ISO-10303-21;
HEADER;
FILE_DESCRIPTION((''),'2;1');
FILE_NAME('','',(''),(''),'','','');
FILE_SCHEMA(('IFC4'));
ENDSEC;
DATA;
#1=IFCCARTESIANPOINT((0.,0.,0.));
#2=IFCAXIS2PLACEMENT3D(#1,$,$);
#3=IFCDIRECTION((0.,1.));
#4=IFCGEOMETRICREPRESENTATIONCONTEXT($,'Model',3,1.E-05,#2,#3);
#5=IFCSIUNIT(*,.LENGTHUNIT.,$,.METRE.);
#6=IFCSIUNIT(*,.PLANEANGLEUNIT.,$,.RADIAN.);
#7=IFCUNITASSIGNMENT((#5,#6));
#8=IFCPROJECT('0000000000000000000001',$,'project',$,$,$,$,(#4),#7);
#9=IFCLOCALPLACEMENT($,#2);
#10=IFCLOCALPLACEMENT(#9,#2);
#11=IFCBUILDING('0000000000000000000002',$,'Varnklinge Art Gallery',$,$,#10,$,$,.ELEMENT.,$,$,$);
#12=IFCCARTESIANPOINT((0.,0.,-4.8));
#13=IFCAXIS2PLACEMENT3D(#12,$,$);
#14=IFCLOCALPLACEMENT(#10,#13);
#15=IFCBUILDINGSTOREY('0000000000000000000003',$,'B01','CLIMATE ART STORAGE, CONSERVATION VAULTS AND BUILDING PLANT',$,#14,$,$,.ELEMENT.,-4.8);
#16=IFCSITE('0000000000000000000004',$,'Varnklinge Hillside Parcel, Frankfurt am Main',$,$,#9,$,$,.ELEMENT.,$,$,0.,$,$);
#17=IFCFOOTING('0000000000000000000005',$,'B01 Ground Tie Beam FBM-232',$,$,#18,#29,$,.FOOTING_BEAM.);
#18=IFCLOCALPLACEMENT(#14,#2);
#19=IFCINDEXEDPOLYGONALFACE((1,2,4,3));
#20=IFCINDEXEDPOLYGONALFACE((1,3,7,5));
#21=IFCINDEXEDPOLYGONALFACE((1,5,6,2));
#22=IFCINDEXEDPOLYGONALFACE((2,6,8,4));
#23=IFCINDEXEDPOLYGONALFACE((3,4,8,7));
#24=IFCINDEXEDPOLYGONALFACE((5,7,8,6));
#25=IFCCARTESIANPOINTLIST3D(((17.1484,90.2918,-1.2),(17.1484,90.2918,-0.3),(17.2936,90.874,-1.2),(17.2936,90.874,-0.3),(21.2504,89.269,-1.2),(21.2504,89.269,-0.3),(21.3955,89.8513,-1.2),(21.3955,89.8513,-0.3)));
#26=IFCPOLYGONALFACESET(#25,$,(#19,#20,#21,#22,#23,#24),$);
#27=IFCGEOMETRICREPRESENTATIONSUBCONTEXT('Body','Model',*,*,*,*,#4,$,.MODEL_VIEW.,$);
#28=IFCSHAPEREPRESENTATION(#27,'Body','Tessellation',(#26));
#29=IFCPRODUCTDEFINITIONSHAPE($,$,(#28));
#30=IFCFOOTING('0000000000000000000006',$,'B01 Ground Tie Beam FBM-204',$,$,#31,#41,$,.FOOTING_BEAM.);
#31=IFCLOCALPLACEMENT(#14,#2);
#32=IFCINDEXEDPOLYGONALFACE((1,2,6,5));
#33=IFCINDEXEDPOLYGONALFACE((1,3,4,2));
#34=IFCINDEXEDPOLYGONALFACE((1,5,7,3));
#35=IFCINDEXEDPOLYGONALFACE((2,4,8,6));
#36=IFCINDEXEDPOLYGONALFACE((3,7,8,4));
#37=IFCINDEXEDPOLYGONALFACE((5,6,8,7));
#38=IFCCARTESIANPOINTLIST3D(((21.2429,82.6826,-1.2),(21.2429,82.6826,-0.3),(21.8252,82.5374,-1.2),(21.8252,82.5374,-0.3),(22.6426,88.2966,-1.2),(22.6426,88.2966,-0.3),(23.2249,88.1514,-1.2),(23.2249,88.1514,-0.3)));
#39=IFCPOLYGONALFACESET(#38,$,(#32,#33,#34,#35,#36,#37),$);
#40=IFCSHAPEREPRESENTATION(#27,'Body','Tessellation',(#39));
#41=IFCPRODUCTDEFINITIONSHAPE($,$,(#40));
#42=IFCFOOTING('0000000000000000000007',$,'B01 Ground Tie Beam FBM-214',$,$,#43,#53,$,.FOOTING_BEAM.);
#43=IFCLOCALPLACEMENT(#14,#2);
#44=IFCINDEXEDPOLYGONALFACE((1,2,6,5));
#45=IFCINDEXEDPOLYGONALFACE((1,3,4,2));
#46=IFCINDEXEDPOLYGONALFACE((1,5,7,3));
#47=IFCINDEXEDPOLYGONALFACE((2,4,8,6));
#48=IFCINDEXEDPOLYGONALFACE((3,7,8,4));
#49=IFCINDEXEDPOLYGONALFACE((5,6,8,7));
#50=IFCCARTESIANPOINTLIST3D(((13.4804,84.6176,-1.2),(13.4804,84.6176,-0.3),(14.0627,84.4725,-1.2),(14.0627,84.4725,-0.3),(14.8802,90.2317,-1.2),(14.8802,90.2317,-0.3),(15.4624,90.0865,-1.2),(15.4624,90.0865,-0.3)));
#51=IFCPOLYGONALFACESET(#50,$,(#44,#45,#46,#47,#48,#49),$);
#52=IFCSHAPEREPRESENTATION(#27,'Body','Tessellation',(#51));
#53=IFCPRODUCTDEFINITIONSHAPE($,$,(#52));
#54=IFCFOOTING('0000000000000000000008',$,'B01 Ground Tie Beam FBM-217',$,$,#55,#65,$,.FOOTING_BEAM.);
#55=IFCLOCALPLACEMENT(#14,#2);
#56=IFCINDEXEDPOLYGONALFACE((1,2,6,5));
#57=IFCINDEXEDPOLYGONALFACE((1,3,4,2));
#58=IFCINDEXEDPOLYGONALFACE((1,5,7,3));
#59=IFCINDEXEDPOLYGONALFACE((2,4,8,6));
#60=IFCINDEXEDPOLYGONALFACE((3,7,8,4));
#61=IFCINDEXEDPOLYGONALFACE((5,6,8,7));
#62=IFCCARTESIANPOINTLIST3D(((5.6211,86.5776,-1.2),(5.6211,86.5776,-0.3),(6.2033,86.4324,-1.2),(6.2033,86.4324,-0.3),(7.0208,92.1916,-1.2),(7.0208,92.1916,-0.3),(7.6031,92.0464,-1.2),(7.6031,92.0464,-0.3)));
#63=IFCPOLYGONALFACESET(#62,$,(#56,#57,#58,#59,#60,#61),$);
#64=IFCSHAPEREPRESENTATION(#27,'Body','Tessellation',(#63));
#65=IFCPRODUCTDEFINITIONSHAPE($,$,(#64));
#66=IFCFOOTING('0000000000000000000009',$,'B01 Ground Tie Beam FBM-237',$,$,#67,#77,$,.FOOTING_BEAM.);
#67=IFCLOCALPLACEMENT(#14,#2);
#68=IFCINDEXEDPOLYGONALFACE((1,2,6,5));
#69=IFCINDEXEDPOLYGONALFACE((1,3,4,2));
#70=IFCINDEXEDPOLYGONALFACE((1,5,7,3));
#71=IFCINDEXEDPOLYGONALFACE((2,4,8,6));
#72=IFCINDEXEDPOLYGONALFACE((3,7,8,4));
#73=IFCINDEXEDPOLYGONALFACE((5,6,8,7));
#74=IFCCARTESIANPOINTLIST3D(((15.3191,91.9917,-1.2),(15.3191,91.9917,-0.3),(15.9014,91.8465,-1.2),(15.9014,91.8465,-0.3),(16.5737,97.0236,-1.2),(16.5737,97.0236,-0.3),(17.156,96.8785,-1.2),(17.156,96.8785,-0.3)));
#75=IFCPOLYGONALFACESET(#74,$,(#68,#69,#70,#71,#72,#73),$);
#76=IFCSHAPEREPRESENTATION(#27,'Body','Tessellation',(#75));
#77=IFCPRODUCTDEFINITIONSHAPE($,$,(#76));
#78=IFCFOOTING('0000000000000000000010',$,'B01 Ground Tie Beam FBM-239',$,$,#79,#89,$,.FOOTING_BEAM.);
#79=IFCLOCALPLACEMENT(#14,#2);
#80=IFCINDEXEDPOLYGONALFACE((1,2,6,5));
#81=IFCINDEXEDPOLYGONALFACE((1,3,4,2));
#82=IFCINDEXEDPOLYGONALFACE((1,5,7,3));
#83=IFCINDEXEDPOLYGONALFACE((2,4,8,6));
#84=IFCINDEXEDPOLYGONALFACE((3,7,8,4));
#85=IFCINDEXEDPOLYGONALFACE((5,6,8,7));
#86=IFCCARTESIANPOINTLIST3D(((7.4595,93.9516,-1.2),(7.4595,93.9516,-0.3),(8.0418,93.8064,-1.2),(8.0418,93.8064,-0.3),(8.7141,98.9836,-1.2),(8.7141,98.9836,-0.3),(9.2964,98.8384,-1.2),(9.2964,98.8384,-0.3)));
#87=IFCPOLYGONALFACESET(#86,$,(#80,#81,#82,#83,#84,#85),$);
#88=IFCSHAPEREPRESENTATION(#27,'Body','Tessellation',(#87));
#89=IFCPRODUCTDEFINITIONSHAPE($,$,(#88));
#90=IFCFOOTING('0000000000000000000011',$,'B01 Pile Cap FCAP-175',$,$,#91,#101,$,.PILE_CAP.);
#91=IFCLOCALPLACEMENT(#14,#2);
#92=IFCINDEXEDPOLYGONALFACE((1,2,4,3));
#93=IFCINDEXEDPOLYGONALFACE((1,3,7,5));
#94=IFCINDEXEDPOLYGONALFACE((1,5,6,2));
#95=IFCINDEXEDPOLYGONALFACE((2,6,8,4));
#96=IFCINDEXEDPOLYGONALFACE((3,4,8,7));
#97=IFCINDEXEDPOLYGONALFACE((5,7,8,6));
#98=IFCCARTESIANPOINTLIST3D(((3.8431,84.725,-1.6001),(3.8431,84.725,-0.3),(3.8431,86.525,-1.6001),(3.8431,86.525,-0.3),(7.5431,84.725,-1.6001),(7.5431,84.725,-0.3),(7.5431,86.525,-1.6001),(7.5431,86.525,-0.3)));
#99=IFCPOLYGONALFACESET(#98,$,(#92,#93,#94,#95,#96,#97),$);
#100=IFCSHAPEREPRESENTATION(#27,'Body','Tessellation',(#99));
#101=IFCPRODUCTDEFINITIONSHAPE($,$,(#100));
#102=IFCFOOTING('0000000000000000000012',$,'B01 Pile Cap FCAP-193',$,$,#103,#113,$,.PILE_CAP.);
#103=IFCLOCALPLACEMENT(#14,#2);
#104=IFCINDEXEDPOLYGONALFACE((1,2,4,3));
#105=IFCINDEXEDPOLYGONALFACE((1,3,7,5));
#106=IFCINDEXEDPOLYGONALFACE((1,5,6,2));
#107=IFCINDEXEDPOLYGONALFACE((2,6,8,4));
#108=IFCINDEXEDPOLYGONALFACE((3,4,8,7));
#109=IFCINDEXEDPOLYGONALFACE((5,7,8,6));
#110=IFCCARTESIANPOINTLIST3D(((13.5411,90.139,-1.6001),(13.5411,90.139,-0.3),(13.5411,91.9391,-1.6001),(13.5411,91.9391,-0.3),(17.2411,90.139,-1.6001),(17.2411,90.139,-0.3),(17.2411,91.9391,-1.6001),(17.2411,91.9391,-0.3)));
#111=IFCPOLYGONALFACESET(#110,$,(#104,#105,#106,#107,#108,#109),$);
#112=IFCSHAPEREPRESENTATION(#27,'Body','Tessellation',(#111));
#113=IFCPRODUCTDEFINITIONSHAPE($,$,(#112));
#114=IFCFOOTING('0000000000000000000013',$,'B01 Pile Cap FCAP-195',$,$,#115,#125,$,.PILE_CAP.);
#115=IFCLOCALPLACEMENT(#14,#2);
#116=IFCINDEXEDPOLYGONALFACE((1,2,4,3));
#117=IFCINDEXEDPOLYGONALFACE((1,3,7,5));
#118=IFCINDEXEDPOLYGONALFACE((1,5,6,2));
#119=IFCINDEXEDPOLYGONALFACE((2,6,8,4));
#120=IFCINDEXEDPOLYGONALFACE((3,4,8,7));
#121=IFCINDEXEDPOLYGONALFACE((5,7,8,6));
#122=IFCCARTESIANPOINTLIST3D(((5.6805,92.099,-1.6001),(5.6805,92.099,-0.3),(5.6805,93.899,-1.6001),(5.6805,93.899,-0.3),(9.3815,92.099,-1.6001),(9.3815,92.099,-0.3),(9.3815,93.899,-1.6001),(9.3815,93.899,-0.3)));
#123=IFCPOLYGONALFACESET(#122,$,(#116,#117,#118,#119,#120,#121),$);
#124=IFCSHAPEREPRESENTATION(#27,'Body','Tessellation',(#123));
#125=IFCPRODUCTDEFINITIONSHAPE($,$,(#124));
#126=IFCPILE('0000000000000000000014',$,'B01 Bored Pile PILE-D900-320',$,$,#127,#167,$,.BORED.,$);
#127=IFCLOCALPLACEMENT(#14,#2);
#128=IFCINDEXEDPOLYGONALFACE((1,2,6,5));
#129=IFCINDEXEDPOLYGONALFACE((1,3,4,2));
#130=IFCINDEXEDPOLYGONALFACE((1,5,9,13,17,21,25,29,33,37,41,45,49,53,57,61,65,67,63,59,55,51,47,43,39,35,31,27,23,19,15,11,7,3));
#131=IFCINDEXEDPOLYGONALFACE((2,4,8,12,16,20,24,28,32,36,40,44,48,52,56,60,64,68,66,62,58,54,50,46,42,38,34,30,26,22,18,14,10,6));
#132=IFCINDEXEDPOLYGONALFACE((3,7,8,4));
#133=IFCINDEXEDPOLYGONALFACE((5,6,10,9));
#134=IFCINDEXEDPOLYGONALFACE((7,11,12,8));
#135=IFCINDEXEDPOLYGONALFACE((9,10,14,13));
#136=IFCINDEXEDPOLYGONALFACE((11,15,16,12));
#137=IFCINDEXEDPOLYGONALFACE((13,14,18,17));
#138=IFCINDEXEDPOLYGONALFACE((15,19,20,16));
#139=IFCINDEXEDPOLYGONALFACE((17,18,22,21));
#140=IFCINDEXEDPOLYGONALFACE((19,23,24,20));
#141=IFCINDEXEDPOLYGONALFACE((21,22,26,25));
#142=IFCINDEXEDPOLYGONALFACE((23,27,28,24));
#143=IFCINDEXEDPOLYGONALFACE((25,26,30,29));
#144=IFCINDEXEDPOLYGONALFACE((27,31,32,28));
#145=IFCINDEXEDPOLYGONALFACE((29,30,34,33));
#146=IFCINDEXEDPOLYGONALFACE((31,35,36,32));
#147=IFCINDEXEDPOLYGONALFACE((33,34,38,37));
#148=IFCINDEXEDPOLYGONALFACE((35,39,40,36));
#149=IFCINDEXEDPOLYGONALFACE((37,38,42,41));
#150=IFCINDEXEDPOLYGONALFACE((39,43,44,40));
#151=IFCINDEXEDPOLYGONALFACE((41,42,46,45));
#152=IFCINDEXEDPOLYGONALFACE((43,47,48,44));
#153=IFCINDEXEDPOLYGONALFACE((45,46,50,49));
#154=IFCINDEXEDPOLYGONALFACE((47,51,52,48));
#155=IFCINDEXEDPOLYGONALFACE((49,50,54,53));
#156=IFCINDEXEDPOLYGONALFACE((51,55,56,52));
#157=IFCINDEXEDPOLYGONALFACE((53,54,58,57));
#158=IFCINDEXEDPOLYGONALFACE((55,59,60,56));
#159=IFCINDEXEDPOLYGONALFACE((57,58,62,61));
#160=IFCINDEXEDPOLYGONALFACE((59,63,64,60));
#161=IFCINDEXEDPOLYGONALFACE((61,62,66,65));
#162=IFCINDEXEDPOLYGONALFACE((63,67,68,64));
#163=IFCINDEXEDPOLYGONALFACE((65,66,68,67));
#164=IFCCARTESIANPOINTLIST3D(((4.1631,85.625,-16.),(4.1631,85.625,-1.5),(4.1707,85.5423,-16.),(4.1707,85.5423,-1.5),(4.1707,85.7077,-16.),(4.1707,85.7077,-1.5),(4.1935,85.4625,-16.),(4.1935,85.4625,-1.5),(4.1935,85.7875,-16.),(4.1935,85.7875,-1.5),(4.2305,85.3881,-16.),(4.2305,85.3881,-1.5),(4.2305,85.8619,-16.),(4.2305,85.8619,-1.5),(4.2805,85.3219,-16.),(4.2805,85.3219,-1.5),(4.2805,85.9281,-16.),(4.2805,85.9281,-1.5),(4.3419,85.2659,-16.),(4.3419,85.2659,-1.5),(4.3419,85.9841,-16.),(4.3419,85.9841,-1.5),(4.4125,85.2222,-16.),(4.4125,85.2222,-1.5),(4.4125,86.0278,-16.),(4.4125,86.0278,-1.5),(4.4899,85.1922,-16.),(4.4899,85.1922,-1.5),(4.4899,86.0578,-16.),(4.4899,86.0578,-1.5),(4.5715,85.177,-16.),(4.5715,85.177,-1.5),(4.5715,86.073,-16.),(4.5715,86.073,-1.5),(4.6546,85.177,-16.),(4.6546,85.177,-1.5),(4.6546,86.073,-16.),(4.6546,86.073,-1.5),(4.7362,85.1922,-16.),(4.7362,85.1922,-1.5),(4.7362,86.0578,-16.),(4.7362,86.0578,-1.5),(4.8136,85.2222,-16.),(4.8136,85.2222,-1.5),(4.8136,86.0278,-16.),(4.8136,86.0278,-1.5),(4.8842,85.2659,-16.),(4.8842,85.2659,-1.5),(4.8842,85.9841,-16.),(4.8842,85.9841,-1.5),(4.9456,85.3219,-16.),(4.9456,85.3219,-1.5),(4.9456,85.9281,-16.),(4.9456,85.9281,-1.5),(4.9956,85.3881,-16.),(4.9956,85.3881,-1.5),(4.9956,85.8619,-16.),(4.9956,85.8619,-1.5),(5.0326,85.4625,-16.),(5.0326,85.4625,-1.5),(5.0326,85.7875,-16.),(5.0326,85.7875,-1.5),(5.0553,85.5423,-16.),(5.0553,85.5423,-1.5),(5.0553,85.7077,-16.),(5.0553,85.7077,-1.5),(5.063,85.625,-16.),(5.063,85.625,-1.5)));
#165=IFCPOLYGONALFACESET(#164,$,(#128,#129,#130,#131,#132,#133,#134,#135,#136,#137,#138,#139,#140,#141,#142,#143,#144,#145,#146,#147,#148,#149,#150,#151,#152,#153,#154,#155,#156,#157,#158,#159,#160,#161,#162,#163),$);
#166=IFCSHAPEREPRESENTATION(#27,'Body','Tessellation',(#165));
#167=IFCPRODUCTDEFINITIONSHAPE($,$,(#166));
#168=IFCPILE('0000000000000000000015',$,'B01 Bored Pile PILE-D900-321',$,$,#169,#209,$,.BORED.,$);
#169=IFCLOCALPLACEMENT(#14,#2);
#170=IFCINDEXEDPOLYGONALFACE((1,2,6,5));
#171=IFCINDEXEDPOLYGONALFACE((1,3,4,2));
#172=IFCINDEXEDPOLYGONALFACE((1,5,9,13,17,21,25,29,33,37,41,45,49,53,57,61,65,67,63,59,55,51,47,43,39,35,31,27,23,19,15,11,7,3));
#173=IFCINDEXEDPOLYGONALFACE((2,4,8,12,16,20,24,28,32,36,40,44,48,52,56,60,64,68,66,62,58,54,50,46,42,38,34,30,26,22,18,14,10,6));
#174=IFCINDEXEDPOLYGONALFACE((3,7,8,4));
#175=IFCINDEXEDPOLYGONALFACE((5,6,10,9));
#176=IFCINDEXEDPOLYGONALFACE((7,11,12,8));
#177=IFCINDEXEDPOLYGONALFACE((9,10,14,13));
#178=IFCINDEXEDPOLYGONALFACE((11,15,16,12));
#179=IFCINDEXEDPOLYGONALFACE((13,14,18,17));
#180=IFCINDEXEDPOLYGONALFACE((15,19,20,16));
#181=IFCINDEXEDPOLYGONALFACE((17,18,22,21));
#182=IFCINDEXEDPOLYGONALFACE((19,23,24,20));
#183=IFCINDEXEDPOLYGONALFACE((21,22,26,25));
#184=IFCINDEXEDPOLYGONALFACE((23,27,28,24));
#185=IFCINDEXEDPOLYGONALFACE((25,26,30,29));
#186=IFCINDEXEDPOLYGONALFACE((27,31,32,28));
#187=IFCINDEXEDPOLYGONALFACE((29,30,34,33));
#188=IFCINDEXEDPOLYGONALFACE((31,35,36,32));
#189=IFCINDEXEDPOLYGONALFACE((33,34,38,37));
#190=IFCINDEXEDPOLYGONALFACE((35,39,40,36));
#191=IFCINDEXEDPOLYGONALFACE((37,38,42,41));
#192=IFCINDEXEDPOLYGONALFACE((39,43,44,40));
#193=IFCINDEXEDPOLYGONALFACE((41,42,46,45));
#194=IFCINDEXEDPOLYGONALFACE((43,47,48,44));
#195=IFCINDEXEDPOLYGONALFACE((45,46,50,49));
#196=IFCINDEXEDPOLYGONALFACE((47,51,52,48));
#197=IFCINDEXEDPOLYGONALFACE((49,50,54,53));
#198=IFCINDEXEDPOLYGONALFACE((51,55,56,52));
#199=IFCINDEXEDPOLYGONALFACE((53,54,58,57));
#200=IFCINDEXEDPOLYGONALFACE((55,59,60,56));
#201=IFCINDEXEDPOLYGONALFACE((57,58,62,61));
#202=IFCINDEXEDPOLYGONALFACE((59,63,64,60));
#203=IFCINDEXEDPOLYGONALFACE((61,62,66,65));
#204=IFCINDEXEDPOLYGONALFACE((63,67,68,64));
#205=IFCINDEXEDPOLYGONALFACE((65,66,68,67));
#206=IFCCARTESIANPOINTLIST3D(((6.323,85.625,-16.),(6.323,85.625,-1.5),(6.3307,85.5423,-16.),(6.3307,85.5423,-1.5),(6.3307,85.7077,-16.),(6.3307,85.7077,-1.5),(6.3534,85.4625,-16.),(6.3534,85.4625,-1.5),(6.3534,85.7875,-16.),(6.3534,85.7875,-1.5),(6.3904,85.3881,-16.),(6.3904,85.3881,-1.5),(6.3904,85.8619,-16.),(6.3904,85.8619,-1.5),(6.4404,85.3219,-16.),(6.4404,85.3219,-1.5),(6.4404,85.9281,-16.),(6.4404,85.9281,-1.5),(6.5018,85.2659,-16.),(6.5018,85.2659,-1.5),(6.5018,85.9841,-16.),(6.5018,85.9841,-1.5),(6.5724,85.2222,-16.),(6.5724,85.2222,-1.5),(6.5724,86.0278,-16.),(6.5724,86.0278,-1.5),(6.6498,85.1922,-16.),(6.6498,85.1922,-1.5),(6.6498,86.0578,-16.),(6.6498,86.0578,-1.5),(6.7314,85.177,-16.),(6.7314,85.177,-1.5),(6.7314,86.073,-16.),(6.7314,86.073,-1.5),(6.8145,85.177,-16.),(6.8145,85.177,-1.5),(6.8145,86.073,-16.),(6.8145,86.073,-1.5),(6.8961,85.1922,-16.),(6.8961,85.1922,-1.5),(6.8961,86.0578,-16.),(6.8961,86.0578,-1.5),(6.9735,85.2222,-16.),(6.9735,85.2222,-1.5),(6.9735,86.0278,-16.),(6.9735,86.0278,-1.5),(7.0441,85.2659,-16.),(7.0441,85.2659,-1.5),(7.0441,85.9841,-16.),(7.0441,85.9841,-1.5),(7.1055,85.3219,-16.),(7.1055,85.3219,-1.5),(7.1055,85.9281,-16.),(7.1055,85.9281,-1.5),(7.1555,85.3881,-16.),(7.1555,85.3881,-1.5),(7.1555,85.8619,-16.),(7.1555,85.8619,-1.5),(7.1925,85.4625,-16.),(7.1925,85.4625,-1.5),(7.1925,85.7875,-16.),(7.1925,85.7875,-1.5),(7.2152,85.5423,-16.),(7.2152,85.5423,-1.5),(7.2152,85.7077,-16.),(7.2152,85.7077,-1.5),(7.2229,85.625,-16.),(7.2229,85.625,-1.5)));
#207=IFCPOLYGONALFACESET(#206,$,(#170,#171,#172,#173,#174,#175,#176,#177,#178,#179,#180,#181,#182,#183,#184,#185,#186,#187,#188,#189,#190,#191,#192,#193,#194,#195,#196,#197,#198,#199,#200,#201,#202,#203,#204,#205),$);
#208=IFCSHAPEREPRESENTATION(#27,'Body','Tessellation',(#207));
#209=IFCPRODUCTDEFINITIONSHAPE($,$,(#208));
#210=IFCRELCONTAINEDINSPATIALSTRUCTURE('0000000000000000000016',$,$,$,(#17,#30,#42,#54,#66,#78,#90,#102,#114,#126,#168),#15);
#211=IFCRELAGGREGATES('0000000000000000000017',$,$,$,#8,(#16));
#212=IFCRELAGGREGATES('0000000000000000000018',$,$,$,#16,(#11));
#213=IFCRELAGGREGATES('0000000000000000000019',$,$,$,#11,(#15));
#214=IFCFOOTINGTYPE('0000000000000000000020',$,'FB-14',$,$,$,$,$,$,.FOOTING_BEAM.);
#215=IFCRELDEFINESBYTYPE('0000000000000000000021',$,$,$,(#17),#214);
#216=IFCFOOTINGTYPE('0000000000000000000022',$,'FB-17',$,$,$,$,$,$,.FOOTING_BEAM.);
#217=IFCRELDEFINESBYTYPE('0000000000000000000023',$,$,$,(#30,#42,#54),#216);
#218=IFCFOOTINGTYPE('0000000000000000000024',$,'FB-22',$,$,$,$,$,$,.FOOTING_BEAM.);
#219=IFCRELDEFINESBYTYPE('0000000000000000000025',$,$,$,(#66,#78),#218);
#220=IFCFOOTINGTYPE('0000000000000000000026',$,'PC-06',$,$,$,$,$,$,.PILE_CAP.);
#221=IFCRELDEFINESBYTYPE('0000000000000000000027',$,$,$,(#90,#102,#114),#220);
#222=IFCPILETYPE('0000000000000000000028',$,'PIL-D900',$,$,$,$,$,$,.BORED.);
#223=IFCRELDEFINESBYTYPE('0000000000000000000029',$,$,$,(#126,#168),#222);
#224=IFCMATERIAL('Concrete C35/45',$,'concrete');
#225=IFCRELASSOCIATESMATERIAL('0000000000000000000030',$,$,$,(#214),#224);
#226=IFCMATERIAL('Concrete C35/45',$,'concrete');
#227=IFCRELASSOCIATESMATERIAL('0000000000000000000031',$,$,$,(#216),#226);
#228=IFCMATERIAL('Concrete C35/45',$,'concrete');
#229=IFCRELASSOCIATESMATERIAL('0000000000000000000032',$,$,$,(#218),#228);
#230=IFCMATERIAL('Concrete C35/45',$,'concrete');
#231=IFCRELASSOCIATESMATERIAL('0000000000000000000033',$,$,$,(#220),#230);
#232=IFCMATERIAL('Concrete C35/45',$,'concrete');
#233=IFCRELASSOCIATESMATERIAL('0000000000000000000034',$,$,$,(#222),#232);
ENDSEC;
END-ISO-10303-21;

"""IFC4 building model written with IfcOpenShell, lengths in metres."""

from ifc_helpers import new_model, si_unit, direction, frame, origin, origin_2d, place, context, subcontext, project, spatial, rectangle, circle, extrude, material, material_profile, profile_set, type_object, element, save


model = new_model("IFC4")

# Units and contexts
model_context = context("Model", 3, precision=1e-05, world=origin(), true_north=direction((0.0, 1.0)))
body_context = subcontext(model_context, "Body", "Model", "MODEL_VIEW")
ifc_project = project(units=[si_unit("LENGTHUNIT", "METRE"), si_unit("PLANEANGLEUNIT", "RADIAN")], contexts=[model_context])

# Site, building, storey
site_placement = place(None, origin())
site = spatial("IfcSite", under=ifc_project, at=site_placement, Name="Varnklinge Hillside Parcel, Frankfurt am Main", CompositionType="ELEMENT", RefElevation=0.0)
building_placement = place(site_placement, origin())
building = spatial("IfcBuilding", under=site, at=building_placement, Name="Varnklinge Art Gallery", CompositionType="ELEMENT")
storey_placement = place(building_placement, frame((0.0, 0.0, -4.8)))
storey = spatial("IfcBuildingStorey", under=building, at=storey_placement, Name="B01", Description="CLIMATE ART STORAGE, CONSERVATION VAULTS AND BUILDING PLANT", CompositionType="ELEMENT", Elevation=-4.8)

# Footings
ifc_material_1 = material(Name="Concrete C35/45", Category="concrete")
footing_type_1 = type_object("IfcFootingType", Name="FB-14", PredefinedType="FOOTING_BEAM", material=ifc_material_1)
footing_1_placement = place(storey_placement, frame((19.272, 90.0715, -1.2), z_axis=(0.0, 0.0, 1.0), x_axis=(-0.970296, 0.241922, 0.0)))
element("IfcFooting", 1, at=footing_1_placement, inside=storey, type_object=footing_type_1, Name="B01 Ground Tie Beam FBM-232", PredefinedType="FOOTING_BEAM", context=body_context, shape_type="SweptSolid", body=[
    extrude(rectangle(XDim=4.2275, YDim=0.6001, at=origin_2d()), origin(), (0.0, 0.0, 1.0), 0.8999),
])
ifc_material_2 = material(Name="Concrete C35/45", Category="concrete")
footing_type_2 = type_object("IfcFootingType", Name="FB-17", PredefinedType="FOOTING_BEAM", material=ifc_material_2)
for number, where, z_axis, x_axis, name in (
    (2, (22.2339, 85.417, -1.2), (0.0, 0.0, 1.0), (0.241922, 0.970296, 0.0), "B01 Ground Tie Beam FBM-204"),
    (3, (14.4714, 87.3521, -1.2), (0.0, 0.0, 1.0), (0.241922, 0.970296, 0.0), "B01 Ground Tie Beam FBM-214"),
    (4, (6.6121, 89.312, -1.2), (0.0, 0.0, 1.0), (0.241922, 0.970296, 0.0), "B01 Ground Tie Beam FBM-217"),
):
    element("IfcFooting", number, at=place(storey_placement, frame(where, z_axis=z_axis, x_axis=x_axis)), inside=storey, type_object=footing_type_2, Name=name, PredefinedType="FOOTING_BEAM", context=body_context, shape_type="SweptSolid", body=[
        extrude(rectangle(XDim=5.7859, YDim=0.6001, at=origin_2d()), origin(), (0.0, 0.0, 1.0), 0.8999),
    ])
ifc_material_3 = material(Name="Concrete C35/45", Category="concrete")
footing_type_3 = type_object("IfcFootingType", Name="FB-22", PredefinedType="FOOTING_BEAM", material=ifc_material_3)
for number, where, z_axis, x_axis, name in (
    (5, (16.2375, 94.4351, -1.2), (0.0, 0.0, 1.0), (0.241922, 0.970296, 0.0), "B01 Ground Tie Beam FBM-237"),
    (6, (8.3779, 96.395, -1.2), (0.0, 0.0, 1.0), (0.241922, 0.970296, 0.0), "B01 Ground Tie Beam FBM-239"),
):
    element("IfcFooting", number, at=place(storey_placement, frame(where, z_axis=z_axis, x_axis=x_axis)), inside=storey, type_object=footing_type_3, Name=name, PredefinedType="FOOTING_BEAM", context=body_context, shape_type="SweptSolid", body=[
        extrude(rectangle(XDim=5.186, YDim=0.6001, at=origin_2d()), origin(), (0.0, 0.0, 1.0), 0.8999),
    ])
ifc_material_4 = material(Name="Concrete C35/45", Category="concrete")
footing_type_4 = type_object("IfcFootingType", Name="PC-06", PredefinedType="PILE_CAP", material=ifc_material_4)
for number, where, z_axis, x_axis, name in (
    (7, (5.6931, 85.625, -1.6001), (0.0, 0.0, 1.0), (1.0, 0.0, 0.0), "B01 Pile Cap FCAP-175"),
    (8, (15.3911, 91.0391, -1.6001), (0.0, 0.0, 1.0), (1.0, 0.0, 0.0), "B01 Pile Cap FCAP-193"),
):
    element("IfcFooting", number, at=place(storey_placement, frame(where, z_axis=z_axis, x_axis=x_axis)), inside=storey, type_object=footing_type_4, Name=name, PredefinedType="PILE_CAP", context=body_context, shape_type="SweptSolid", body=[
        extrude(rectangle(XDim=3.7, YDim=1.8, at=origin_2d()), origin(), (0.0, 0.0, 1.0), 1.3),
    ])
footing_2_placement = place(storey_placement, frame((7.531, 92.999, -1.6001), z_axis=(0.0, 0.0, 1.0), x_axis=(1.0, 0.0, 0.0)))
element("IfcFooting", 9, at=footing_2_placement, inside=storey, type_object=footing_type_4, Name="B01 Pile Cap FCAP-195", PredefinedType="PILE_CAP", context=body_context, shape_type="SweptSolid", body=[
    extrude(rectangle(XDim=3.7009, YDim=1.8, at=origin_2d()), origin(), (0.0, 0.0, 1.0), 1.3),
])

# Piles
ifc_material_5 = material(Name="Concrete C35/45", Category="concrete")
ifc_material_profile_1 = material_profile(ifc_material_5, circle(Radius=0.45, at=origin_2d()), Name="PILE D900")
ifc_profile_set_1 = profile_set([ifc_material_profile_1], Name="Concrete C35/45")
pile_type = type_object("IfcPileType", Name="PIL-D900", PredefinedType="BORED", material=ifc_profile_set_1)
for number, where, z_axis, x_axis, name in (
    (10, (4.613, 85.625, -1.5), (0.0, 0.0, -1.0), (1.0, 0.0, 0.0), "B01 Bored Pile PILE-D900-320"),
    (11, (6.7729, 85.625, -1.5), (0.0, 0.0, -1.0), (1.0, 0.0, 0.0), "B01 Bored Pile PILE-D900-321"),
):
    element("IfcPile", number, at=place(storey_placement, frame(where, z_axis=z_axis, x_axis=x_axis)), inside=storey, type_object=pile_type, Name=name, PredefinedType="BORED", context=body_context, shape_type="SweptSolid", body=[
        extrude(circle(Radius=0.45, at=origin_2d()), origin(), (0.0, 0.0, 1.0), 14.5),
    ])

save(model, "model.ifc")
